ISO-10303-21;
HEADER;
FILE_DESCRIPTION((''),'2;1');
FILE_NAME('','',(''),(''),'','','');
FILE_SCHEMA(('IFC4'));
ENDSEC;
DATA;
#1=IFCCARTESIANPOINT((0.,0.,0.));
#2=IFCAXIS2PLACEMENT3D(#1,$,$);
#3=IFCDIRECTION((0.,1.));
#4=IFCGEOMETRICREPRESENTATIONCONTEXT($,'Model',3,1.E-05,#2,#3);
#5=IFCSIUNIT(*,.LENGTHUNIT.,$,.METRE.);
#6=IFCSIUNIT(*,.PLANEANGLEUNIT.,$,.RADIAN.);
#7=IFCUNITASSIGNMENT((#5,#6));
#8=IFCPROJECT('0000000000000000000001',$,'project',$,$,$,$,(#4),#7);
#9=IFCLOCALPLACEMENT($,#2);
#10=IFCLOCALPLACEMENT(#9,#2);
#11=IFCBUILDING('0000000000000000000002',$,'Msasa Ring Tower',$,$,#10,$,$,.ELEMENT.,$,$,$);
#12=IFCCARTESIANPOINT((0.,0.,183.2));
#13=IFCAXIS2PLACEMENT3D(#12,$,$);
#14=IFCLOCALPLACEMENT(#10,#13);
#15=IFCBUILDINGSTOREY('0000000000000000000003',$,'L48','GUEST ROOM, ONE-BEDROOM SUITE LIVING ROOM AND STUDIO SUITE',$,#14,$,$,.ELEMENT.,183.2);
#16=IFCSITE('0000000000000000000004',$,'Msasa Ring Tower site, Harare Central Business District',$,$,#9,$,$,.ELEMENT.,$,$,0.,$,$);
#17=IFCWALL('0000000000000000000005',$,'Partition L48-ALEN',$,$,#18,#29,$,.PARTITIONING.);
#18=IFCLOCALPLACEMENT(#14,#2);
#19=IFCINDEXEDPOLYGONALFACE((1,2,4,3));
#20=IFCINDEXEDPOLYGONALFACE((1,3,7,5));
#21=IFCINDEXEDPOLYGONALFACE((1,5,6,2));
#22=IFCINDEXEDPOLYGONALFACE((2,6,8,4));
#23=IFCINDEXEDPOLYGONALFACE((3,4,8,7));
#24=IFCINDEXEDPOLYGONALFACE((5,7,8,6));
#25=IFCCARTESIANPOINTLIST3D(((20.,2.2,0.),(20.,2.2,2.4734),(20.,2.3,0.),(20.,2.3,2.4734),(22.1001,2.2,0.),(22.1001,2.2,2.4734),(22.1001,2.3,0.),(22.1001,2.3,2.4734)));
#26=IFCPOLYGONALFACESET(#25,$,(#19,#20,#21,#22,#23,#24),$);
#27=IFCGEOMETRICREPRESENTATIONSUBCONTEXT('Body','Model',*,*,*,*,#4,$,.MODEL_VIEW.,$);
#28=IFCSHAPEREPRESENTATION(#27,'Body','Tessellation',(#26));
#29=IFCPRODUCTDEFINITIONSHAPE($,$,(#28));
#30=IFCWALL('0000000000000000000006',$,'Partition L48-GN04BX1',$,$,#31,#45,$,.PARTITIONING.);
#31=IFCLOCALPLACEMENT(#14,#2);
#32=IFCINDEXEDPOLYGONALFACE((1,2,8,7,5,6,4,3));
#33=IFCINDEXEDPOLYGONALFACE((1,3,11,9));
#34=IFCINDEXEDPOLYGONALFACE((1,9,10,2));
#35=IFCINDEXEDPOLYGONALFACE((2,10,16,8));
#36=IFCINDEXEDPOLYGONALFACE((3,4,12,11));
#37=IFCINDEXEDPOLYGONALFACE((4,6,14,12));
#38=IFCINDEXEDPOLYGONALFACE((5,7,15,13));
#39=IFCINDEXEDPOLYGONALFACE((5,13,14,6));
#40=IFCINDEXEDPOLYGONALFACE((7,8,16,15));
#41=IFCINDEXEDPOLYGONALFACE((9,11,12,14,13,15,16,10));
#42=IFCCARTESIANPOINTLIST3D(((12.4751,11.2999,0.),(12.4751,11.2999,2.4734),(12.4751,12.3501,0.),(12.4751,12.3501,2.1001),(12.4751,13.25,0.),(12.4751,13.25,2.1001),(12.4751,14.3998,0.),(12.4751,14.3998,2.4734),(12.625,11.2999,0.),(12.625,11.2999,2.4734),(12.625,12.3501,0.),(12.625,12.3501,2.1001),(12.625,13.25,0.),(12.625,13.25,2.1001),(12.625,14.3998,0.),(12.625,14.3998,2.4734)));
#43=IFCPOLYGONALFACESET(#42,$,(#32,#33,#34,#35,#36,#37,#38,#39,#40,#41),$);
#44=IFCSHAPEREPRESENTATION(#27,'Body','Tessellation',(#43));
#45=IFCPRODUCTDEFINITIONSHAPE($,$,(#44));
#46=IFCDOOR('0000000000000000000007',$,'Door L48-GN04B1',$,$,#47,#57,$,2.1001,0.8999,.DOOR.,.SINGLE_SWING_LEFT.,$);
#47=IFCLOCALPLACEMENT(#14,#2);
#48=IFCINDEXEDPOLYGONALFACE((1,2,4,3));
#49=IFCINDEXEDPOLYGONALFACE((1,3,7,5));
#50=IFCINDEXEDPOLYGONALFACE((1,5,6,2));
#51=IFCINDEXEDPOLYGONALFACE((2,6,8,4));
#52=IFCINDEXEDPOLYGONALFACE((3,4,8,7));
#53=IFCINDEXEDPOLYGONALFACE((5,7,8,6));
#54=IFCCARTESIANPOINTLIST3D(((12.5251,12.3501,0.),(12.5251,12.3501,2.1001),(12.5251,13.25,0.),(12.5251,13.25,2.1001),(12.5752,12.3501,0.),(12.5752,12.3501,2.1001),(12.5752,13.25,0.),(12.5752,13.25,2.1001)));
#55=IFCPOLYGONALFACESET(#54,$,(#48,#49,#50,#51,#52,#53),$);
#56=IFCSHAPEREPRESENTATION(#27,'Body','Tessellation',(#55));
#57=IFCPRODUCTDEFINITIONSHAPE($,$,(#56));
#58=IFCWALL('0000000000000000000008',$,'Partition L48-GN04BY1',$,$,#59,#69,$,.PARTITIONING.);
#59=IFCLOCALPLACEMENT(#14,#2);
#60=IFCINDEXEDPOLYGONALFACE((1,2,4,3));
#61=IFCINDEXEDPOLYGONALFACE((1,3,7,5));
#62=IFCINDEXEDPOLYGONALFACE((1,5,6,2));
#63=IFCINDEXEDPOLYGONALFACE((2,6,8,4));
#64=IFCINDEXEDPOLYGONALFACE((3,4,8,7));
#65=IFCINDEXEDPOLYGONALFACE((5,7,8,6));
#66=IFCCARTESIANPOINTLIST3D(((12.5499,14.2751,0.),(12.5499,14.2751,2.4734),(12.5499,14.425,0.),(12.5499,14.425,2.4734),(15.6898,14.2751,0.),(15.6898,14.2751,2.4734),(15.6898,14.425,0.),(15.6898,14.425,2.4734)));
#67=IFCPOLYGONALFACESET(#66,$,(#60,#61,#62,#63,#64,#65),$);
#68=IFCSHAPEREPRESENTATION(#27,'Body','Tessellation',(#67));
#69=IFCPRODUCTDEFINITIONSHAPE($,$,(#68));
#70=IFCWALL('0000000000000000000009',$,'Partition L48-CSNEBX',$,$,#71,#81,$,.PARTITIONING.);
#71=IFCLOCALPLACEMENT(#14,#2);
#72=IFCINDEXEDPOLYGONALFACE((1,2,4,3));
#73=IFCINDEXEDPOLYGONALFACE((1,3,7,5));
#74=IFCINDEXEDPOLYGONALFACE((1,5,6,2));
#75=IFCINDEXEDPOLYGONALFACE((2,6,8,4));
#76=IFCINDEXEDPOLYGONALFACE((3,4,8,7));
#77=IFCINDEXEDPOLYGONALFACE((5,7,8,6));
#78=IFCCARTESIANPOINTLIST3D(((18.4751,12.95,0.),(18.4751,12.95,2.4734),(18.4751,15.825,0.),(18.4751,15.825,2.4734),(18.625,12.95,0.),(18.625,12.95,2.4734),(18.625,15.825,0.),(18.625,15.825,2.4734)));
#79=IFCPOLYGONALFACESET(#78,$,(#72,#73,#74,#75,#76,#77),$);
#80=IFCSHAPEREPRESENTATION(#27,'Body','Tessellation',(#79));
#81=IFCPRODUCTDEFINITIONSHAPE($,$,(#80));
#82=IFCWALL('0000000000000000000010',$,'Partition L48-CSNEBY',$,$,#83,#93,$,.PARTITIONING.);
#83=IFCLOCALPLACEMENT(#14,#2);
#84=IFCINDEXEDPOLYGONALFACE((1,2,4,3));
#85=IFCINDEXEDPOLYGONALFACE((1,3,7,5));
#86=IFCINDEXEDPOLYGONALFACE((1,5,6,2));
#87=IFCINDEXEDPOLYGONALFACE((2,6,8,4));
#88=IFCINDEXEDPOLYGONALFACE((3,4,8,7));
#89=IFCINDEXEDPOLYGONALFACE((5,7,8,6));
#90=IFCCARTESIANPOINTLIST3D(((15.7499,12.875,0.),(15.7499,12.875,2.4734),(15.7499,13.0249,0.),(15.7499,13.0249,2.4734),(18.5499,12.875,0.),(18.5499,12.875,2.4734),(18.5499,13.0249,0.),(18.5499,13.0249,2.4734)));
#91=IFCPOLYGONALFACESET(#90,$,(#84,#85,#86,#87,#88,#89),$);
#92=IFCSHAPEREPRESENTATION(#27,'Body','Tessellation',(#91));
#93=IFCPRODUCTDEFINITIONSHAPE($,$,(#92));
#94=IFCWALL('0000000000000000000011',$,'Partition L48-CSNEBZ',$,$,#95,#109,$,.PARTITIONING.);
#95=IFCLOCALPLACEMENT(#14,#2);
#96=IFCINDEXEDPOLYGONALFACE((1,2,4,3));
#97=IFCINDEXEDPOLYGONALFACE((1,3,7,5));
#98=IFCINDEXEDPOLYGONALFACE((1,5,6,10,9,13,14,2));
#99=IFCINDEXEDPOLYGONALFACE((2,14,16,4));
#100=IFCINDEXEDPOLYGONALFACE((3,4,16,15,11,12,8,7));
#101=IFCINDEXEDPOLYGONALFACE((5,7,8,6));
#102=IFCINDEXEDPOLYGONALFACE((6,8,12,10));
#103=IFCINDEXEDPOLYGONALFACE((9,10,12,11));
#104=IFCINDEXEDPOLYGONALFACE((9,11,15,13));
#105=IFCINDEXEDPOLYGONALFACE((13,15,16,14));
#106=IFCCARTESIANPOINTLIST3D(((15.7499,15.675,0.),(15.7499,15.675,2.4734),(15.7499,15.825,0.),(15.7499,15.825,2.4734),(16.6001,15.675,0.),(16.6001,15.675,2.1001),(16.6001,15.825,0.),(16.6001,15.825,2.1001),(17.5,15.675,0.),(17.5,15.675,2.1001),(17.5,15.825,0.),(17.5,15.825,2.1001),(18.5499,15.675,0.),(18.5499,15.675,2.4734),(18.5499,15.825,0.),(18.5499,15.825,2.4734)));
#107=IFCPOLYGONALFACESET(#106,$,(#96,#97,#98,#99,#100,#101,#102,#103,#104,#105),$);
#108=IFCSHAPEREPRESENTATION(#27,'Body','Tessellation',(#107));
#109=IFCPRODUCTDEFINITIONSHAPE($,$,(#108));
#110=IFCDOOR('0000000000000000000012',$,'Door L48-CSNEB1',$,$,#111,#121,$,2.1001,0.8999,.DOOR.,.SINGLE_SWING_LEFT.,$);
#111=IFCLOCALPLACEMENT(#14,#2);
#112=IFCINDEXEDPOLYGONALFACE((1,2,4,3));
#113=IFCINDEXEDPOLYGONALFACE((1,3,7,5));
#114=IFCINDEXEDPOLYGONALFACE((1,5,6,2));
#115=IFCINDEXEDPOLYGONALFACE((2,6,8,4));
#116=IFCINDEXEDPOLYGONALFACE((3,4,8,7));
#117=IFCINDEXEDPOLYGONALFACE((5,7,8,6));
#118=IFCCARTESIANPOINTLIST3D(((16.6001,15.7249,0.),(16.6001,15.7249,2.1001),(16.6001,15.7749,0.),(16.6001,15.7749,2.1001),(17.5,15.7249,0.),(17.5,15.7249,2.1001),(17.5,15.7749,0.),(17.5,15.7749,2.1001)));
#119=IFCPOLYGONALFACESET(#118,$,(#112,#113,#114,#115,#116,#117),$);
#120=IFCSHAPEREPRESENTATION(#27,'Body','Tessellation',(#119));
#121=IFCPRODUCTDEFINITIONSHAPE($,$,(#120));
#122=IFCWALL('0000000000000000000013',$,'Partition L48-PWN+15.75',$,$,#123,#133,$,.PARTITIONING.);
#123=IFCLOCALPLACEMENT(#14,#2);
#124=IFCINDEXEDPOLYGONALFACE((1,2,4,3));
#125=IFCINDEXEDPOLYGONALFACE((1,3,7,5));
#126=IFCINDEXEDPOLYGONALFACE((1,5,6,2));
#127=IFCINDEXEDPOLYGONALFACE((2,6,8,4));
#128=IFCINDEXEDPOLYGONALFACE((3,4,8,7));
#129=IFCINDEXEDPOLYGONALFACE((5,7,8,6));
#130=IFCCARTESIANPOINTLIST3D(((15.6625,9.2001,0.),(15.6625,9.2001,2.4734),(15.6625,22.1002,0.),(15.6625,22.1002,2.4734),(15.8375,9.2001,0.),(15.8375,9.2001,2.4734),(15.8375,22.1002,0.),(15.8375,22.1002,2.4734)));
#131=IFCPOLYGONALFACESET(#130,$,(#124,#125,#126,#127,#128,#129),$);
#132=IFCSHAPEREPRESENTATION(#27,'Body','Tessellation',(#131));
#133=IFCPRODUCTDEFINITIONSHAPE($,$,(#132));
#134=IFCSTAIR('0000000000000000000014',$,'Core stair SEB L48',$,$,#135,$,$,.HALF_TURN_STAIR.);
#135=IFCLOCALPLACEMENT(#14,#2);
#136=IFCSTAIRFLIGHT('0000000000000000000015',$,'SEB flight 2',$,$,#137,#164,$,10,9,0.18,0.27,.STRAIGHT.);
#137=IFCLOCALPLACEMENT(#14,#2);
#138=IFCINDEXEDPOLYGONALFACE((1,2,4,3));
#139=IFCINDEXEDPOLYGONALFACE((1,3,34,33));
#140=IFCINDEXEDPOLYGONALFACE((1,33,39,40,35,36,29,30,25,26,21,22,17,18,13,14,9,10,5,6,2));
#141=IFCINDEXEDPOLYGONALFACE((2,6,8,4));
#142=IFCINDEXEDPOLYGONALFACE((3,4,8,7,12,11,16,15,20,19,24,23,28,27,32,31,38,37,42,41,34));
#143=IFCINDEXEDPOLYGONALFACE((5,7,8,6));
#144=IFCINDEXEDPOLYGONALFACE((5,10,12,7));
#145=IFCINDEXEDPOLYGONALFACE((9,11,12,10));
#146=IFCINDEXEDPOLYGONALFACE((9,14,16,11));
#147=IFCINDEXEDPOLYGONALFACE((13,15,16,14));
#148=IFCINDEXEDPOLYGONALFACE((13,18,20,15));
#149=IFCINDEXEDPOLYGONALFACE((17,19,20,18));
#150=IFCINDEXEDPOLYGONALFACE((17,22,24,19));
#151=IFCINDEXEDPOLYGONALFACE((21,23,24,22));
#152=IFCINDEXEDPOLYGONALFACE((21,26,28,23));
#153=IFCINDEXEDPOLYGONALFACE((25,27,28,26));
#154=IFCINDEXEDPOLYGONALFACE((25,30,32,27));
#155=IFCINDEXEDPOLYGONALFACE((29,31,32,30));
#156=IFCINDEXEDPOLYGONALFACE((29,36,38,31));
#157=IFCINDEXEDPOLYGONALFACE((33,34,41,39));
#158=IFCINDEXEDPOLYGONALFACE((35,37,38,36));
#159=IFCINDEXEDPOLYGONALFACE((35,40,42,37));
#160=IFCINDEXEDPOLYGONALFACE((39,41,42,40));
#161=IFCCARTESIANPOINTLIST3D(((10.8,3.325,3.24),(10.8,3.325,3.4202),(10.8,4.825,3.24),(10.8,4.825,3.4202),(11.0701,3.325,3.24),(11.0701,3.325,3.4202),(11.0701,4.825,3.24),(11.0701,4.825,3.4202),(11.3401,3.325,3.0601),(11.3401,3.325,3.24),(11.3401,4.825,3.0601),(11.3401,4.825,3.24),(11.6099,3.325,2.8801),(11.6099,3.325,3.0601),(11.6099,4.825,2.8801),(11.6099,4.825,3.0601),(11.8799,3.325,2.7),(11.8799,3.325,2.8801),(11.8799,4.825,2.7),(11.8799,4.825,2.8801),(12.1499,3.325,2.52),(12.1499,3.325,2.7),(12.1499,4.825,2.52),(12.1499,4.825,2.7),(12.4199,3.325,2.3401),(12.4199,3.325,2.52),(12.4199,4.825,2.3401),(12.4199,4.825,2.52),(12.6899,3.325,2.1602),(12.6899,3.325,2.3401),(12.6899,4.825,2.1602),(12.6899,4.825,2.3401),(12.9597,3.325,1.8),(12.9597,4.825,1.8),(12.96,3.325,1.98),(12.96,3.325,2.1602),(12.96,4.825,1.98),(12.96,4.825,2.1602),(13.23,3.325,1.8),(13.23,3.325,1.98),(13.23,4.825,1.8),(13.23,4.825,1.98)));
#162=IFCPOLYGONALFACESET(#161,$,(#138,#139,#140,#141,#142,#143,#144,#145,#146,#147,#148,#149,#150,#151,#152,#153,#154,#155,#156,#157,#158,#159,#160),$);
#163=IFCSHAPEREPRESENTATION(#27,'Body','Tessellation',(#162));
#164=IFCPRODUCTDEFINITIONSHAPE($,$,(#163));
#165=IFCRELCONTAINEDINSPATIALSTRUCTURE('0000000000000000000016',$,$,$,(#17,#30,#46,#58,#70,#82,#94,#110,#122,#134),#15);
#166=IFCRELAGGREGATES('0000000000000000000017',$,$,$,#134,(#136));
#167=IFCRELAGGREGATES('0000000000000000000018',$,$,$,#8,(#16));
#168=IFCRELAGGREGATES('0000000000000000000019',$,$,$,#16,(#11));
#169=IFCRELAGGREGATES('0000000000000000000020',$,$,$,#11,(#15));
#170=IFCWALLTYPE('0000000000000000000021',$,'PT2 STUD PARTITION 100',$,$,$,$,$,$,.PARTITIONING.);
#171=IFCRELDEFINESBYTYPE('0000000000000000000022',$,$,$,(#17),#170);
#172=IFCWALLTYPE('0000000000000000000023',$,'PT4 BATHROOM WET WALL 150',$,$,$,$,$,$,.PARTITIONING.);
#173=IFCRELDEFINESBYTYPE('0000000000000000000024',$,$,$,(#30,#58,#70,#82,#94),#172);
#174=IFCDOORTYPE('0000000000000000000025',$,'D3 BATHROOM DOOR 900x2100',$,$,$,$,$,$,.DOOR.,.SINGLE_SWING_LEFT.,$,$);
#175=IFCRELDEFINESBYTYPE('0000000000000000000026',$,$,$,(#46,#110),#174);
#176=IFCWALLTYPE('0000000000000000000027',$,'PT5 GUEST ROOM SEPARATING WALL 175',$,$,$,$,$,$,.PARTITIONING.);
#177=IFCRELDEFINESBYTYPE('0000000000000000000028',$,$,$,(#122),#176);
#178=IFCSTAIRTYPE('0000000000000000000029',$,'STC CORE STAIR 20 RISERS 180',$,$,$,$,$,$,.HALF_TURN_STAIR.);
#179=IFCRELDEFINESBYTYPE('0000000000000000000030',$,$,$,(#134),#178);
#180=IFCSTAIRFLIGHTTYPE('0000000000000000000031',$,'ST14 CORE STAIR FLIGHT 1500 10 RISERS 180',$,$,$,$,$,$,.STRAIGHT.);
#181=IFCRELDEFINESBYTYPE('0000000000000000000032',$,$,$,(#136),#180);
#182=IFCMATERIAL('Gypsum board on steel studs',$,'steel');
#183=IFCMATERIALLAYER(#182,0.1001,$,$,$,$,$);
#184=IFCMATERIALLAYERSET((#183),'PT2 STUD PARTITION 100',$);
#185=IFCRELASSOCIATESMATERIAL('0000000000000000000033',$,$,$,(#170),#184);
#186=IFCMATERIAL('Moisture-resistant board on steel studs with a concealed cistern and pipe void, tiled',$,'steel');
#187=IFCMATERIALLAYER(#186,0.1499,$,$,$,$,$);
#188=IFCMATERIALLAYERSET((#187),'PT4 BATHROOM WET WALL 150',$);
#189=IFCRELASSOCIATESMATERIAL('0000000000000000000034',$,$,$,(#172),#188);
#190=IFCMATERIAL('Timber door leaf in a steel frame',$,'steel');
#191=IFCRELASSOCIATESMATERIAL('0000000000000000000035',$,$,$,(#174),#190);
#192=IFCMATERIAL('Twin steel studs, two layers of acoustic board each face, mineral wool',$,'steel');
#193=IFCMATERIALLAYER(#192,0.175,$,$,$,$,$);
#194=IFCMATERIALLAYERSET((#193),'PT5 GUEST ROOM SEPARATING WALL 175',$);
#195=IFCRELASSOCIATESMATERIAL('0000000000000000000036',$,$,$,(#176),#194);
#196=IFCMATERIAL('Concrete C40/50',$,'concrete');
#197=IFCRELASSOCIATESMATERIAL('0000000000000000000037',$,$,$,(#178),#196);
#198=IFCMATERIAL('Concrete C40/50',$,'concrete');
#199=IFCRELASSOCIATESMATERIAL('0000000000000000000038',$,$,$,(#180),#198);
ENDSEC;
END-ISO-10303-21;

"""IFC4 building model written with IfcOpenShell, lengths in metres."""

from ifc_helpers import new_model, si_unit, direction, frame, frame_2d, origin, place, context, subcontext, project, spatial, polyline, rectangle, outline, extrude, material, layer, layer_set, type_object, element, fill, aggregate, save


model = new_model("IFC4")

# Units and contexts
model_context = context("Model", 3, precision=1e-05, world=origin(), true_north=direction((0.0, 1.0)))
body_context = subcontext(model_context, "Body", "Model", "MODEL_VIEW")
ifc_project = project(units=[si_unit("LENGTHUNIT", "METRE"), si_unit("PLANEANGLEUNIT", "RADIAN")], contexts=[model_context])

# Site, building, storey
site_placement = place(None, origin())
site = spatial("IfcSite", under=ifc_project, at=site_placement, Name="Msasa Ring Tower site, Harare Central Business District", CompositionType="ELEMENT", RefElevation=0.0)
building_placement = place(site_placement, origin())
building = spatial("IfcBuilding", under=site, at=building_placement, Name="Msasa Ring Tower", CompositionType="ELEMENT")
storey_placement = place(building_placement, frame((0.0, 0.0, 183.2)))
storey = spatial("IfcBuildingStorey", under=building, at=storey_placement, Name="L48", Description="GUEST ROOM, ONE-BEDROOM SUITE LIVING ROOM AND STUDIO SUITE", CompositionType="ELEMENT", Elevation=183.2)

# Shared definitions
ifc_material_1 = material(Name="Gypsum board on steel studs", Category="steel")
ifc_layer_1 = layer(ifc_material_1, 0.1001)
ifc_layer_set_1 = layer_set([ifc_layer_1], Name="PT2 STUD PARTITION 100")
wall_type_1 = type_object("IfcWallType", Name="PT2 STUD PARTITION 100", PredefinedType="PARTITIONING", material=ifc_layer_set_1)

# Wall
wall_1_placement = place(storey_placement, frame((20.0, 2.25, 0.0), z_axis=(0.0, 0.0, 1.0), x_axis=(1.0, 0.0, 0.0)))
element("IfcWall", 1, at=wall_1_placement, inside=storey, type_object=wall_type_1, Name="Partition L48-ALEN", PredefinedType="PARTITIONING", context=body_context, shape_type="SweptSolid", body=[
    extrude(rectangle(XDim=2.1001, YDim=0.1001, at=frame_2d((1.05, 0.0))), origin(), (0.0, 0.0, 1.0), 2.4734),
])

# Wall, opening, door
ifc_material_2 = material(Name="Moisture-resistant board on steel studs with a concealed cistern and pipe void, tiled", Category="steel")
ifc_layer_2 = layer(ifc_material_2, 0.1499)
ifc_layer_set_2 = layer_set([ifc_layer_2], Name="PT4 BATHROOM WET WALL 150")
wall_type_2 = type_object("IfcWallType", Name="PT4 BATHROOM WET WALL 150", PredefinedType="PARTITIONING", material=ifc_layer_set_2)
wall_2_placement = place(storey_placement, frame((12.55, 11.3, 0.0), z_axis=(0.0, 0.0, 1.0), x_axis=(0.0, 1.0, 0.0)))
wall_2 = element("IfcWall", 2, at=wall_2_placement, inside=storey, type_object=wall_type_2, Name="Partition L48-GN04BX1", PredefinedType="PARTITIONING", context=body_context, shape_type="SweptSolid", body=[
    extrude(rectangle(XDim=3.0999, YDim=0.1499, at=frame_2d((1.5498, 0.0))), origin(), (0.0, 0.0, 1.0), 2.4734),
])
opening_1_placement = place(wall_2_placement, frame((1.05, 0.0, 0.0)))
opening_1 = element("IfcOpeningElement", 3, at=opening_1_placement, cuts=wall_2, PredefinedType="OPENING", context=body_context, shape_type="SweptSolid", body=[
    extrude(rectangle(XDim=0.8999, YDim=2.1001, at=frame_2d((0.45, 1.05))), frame((0.0, 0.085, 0.0), z_axis=(0.0, -1.0, 0.0), x_axis=(1.0, 0.0, 0.0)), (0.0, 0.0, 1.0), 0.1699),
])
ifc_material_3 = material(Name="Timber door leaf in a steel frame", Category="steel")
door_type_1 = type_object("IfcDoorType", Name="D3 BATHROOM DOOR 900x2100", OperationType="SINGLE_SWING_LEFT", PredefinedType="DOOR", material=ifc_material_3)
door_1_placement = place(opening_1_placement, origin())
door_1 = element("IfcDoor", 4, at=door_1_placement, inside=storey, type_object=door_type_1, Name="Door L48-GN04B1", OperationType="SINGLE_SWING_LEFT", OverallHeight=2.1001, OverallWidth=0.8999, PredefinedType="DOOR", context=body_context, shape_type="SweptSolid", body=[
    extrude(rectangle(XDim=0.8999, YDim=2.1001, at=frame_2d((0.45, 1.05))), frame((0.0, 0.0249, 0.0), z_axis=(0.0, -1.0, 0.0), x_axis=(1.0, 0.0, 0.0)), (0.0, 0.0, 1.0), 0.05),
])
fill(opening_1, door_1)

# Walls
wall_3_placement = place(storey_placement, frame((12.55, 14.3501, 0.0), z_axis=(0.0, 0.0, 1.0), x_axis=(1.0, 0.0, 0.0)))
element("IfcWall", 5, at=wall_3_placement, inside=storey, type_object=wall_type_2, Name="Partition L48-GN04BY1", PredefinedType="PARTITIONING", context=body_context, shape_type="SweptSolid", body=[
    extrude(rectangle(XDim=3.1399, YDim=0.1499, at=frame_2d((1.5698, 0.0))), origin(), (0.0, 0.0, 1.0), 2.4734),
])
wall_4_placement = place(storey_placement, frame((18.55, 12.95, 0.0), z_axis=(0.0, 0.0, 1.0), x_axis=(0.0, 1.0, 0.0)))
element("IfcWall", 6, at=wall_4_placement, inside=storey, type_object=wall_type_2, Name="Partition L48-CSNEBX", PredefinedType="PARTITIONING", context=body_context, shape_type="SweptSolid", body=[
    extrude(rectangle(XDim=2.875, YDim=0.1499, at=frame_2d((1.4375, 0.0))), origin(), (0.0, 0.0, 1.0), 2.4734),
])
wall_5_placement = place(storey_placement, frame((15.75, 12.95, 0.0), z_axis=(0.0, 0.0, 1.0), x_axis=(1.0, 0.0, 0.0)))
element("IfcWall", 7, at=wall_5_placement, inside=storey, type_object=wall_type_2, Name="Partition L48-CSNEBY", PredefinedType="PARTITIONING", context=body_context, shape_type="SweptSolid", body=[
    extrude(rectangle(XDim=2.8, YDim=0.1499, at=frame_2d((1.3999, 0.0))), origin(), (0.0, 0.0, 1.0), 2.4734),
])

# Wall, opening, door
wall_6_placement = place(storey_placement, frame((15.75, 15.75, 0.0), z_axis=(0.0, 0.0, 1.0), x_axis=(1.0, 0.0, 0.0)))
wall_6 = element("IfcWall", 8, at=wall_6_placement, inside=storey, type_object=wall_type_2, Name="Partition L48-CSNEBZ", PredefinedType="PARTITIONING", context=body_context, shape_type="SweptSolid", body=[
    extrude(rectangle(XDim=2.8, YDim=0.1499, at=frame_2d((1.3999, 0.0))), origin(), (0.0, 0.0, 1.0), 2.4734),
])
opening_2_placement = place(wall_6_placement, frame((0.8501, 0.0, 0.0)))
opening_2 = element("IfcOpeningElement", 9, at=opening_2_placement, cuts=wall_6, PredefinedType="OPENING", context=body_context, shape_type="SweptSolid", body=[
    extrude(rectangle(XDim=0.8999, YDim=2.1001, at=frame_2d((0.45, 1.05))), frame((0.0, 0.085, 0.0), z_axis=(0.0, -1.0, 0.0), x_axis=(1.0, 0.0, 0.0)), (0.0, 0.0, 1.0), 0.1699),
])
door_2_placement = place(opening_2_placement, origin())
door_2 = element("IfcDoor", 10, at=door_2_placement, inside=storey, type_object=door_type_1, Name="Door L48-CSNEB1", OperationType="SINGLE_SWING_LEFT", OverallHeight=2.1001, OverallWidth=0.8999, PredefinedType="DOOR", context=body_context, shape_type="SweptSolid", body=[
    extrude(rectangle(XDim=0.8999, YDim=2.1001, at=frame_2d((0.45, 1.05))), frame((0.0, 0.0249, 0.0), z_axis=(0.0, -1.0, 0.0), x_axis=(1.0, 0.0, 0.0)), (0.0, 0.0, 1.0), 0.05),
])
fill(opening_2, door_2)

# Wall
ifc_material_4 = material(Name="Twin steel studs, two layers of acoustic board each face, mineral wool", Category="steel")
ifc_layer_3 = layer(ifc_material_4, 0.175)
ifc_layer_set_3 = layer_set([ifc_layer_3], Name="PT5 GUEST ROOM SEPARATING WALL 175")
wall_type_3 = type_object("IfcWallType", Name="PT5 GUEST ROOM SEPARATING WALL 175", PredefinedType="PARTITIONING", material=ifc_layer_set_3)
wall_7_placement = place(storey_placement, frame((15.75, 9.2, 0.0), z_axis=(0.0, 0.0, 1.0), x_axis=(0.0, 1.0, 0.0)))
element("IfcWall", 11, at=wall_7_placement, inside=storey, type_object=wall_type_3, Name="Partition L48-PWN+15.75", PredefinedType="PARTITIONING", context=body_context, shape_type="SweptSolid", body=[
    extrude(rectangle(XDim=12.9001, YDim=0.175, at=frame_2d((6.4502, 0.0))), origin(), (0.0, 0.0, 1.0), 2.4734),
])

# Stair, stair flight
ifc_material_5 = material(Name="Concrete C40/50", Category="concrete")
stair_type = type_object("IfcStairType", Name="STC CORE STAIR 20 RISERS 180", PredefinedType="HALF_TURN_STAIR", material=ifc_material_5)
stair_placement = place(storey_placement, origin())
stair = element("IfcStair", 12, at=stair_placement, inside=storey, type_object=stair_type, Name="Core stair SEB L48", PredefinedType="HALF_TURN_STAIR")
ifc_material_6 = material(Name="Concrete C40/50", Category="concrete")
stair_flight_type = type_object("IfcStairFlightType", Name="ST14 CORE STAIR FLIGHT 1500 10 RISERS 180", PredefinedType="STRAIGHT", material=ifc_material_6)
stair_flight_placement = place(storey_placement, frame((13.23, 4.075, 1.8), z_axis=(0.0, 0.0, 1.0), x_axis=(-1.0, 0.0, 0.0)))
stair_flight = element("IfcStairFlight", 13, at=stair_flight_placement, type_object=stair_flight_type, Name="SEB flight 2", NumberOfRisers=10, NumberOfTreads=9, PredefinedType="STRAIGHT", RiserHeight=0.18, TreadLength=0.27, context=body_context, shape_type="SweptSolid", body=[
    extrude(outline(polyline([(0.0, 0.0), (0.0, 0.1799), (0.27, 0.1799), (0.27, 0.3601), (0.54, 0.3601), (0.54, 0.54), (0.8101, 0.54), (0.8101, 0.72), (1.0801, 0.72), (1.0801, 0.8999), (1.3501, 0.8999), (1.3501, 1.0801), (1.6201, 1.0801), (1.6201, 1.26), (1.8899, 1.26), (1.8899, 1.4399), (2.1599, 1.4399), (2.1599, 1.6201), (2.4299, 1.6201), (2.4299, 1.8), (2.4299, 1.4399), (0.2703, 0.0), (0.0, 0.0)])), frame((0.0, 0.75, 0.0), z_axis=(0.0, -1.0, 0.0), x_axis=(1.0, 0.0, 0.0)), (0.0, 0.0, 1.0), 1.5),
])
aggregate(stair, [stair_flight])

save(model, "model.ifc")
